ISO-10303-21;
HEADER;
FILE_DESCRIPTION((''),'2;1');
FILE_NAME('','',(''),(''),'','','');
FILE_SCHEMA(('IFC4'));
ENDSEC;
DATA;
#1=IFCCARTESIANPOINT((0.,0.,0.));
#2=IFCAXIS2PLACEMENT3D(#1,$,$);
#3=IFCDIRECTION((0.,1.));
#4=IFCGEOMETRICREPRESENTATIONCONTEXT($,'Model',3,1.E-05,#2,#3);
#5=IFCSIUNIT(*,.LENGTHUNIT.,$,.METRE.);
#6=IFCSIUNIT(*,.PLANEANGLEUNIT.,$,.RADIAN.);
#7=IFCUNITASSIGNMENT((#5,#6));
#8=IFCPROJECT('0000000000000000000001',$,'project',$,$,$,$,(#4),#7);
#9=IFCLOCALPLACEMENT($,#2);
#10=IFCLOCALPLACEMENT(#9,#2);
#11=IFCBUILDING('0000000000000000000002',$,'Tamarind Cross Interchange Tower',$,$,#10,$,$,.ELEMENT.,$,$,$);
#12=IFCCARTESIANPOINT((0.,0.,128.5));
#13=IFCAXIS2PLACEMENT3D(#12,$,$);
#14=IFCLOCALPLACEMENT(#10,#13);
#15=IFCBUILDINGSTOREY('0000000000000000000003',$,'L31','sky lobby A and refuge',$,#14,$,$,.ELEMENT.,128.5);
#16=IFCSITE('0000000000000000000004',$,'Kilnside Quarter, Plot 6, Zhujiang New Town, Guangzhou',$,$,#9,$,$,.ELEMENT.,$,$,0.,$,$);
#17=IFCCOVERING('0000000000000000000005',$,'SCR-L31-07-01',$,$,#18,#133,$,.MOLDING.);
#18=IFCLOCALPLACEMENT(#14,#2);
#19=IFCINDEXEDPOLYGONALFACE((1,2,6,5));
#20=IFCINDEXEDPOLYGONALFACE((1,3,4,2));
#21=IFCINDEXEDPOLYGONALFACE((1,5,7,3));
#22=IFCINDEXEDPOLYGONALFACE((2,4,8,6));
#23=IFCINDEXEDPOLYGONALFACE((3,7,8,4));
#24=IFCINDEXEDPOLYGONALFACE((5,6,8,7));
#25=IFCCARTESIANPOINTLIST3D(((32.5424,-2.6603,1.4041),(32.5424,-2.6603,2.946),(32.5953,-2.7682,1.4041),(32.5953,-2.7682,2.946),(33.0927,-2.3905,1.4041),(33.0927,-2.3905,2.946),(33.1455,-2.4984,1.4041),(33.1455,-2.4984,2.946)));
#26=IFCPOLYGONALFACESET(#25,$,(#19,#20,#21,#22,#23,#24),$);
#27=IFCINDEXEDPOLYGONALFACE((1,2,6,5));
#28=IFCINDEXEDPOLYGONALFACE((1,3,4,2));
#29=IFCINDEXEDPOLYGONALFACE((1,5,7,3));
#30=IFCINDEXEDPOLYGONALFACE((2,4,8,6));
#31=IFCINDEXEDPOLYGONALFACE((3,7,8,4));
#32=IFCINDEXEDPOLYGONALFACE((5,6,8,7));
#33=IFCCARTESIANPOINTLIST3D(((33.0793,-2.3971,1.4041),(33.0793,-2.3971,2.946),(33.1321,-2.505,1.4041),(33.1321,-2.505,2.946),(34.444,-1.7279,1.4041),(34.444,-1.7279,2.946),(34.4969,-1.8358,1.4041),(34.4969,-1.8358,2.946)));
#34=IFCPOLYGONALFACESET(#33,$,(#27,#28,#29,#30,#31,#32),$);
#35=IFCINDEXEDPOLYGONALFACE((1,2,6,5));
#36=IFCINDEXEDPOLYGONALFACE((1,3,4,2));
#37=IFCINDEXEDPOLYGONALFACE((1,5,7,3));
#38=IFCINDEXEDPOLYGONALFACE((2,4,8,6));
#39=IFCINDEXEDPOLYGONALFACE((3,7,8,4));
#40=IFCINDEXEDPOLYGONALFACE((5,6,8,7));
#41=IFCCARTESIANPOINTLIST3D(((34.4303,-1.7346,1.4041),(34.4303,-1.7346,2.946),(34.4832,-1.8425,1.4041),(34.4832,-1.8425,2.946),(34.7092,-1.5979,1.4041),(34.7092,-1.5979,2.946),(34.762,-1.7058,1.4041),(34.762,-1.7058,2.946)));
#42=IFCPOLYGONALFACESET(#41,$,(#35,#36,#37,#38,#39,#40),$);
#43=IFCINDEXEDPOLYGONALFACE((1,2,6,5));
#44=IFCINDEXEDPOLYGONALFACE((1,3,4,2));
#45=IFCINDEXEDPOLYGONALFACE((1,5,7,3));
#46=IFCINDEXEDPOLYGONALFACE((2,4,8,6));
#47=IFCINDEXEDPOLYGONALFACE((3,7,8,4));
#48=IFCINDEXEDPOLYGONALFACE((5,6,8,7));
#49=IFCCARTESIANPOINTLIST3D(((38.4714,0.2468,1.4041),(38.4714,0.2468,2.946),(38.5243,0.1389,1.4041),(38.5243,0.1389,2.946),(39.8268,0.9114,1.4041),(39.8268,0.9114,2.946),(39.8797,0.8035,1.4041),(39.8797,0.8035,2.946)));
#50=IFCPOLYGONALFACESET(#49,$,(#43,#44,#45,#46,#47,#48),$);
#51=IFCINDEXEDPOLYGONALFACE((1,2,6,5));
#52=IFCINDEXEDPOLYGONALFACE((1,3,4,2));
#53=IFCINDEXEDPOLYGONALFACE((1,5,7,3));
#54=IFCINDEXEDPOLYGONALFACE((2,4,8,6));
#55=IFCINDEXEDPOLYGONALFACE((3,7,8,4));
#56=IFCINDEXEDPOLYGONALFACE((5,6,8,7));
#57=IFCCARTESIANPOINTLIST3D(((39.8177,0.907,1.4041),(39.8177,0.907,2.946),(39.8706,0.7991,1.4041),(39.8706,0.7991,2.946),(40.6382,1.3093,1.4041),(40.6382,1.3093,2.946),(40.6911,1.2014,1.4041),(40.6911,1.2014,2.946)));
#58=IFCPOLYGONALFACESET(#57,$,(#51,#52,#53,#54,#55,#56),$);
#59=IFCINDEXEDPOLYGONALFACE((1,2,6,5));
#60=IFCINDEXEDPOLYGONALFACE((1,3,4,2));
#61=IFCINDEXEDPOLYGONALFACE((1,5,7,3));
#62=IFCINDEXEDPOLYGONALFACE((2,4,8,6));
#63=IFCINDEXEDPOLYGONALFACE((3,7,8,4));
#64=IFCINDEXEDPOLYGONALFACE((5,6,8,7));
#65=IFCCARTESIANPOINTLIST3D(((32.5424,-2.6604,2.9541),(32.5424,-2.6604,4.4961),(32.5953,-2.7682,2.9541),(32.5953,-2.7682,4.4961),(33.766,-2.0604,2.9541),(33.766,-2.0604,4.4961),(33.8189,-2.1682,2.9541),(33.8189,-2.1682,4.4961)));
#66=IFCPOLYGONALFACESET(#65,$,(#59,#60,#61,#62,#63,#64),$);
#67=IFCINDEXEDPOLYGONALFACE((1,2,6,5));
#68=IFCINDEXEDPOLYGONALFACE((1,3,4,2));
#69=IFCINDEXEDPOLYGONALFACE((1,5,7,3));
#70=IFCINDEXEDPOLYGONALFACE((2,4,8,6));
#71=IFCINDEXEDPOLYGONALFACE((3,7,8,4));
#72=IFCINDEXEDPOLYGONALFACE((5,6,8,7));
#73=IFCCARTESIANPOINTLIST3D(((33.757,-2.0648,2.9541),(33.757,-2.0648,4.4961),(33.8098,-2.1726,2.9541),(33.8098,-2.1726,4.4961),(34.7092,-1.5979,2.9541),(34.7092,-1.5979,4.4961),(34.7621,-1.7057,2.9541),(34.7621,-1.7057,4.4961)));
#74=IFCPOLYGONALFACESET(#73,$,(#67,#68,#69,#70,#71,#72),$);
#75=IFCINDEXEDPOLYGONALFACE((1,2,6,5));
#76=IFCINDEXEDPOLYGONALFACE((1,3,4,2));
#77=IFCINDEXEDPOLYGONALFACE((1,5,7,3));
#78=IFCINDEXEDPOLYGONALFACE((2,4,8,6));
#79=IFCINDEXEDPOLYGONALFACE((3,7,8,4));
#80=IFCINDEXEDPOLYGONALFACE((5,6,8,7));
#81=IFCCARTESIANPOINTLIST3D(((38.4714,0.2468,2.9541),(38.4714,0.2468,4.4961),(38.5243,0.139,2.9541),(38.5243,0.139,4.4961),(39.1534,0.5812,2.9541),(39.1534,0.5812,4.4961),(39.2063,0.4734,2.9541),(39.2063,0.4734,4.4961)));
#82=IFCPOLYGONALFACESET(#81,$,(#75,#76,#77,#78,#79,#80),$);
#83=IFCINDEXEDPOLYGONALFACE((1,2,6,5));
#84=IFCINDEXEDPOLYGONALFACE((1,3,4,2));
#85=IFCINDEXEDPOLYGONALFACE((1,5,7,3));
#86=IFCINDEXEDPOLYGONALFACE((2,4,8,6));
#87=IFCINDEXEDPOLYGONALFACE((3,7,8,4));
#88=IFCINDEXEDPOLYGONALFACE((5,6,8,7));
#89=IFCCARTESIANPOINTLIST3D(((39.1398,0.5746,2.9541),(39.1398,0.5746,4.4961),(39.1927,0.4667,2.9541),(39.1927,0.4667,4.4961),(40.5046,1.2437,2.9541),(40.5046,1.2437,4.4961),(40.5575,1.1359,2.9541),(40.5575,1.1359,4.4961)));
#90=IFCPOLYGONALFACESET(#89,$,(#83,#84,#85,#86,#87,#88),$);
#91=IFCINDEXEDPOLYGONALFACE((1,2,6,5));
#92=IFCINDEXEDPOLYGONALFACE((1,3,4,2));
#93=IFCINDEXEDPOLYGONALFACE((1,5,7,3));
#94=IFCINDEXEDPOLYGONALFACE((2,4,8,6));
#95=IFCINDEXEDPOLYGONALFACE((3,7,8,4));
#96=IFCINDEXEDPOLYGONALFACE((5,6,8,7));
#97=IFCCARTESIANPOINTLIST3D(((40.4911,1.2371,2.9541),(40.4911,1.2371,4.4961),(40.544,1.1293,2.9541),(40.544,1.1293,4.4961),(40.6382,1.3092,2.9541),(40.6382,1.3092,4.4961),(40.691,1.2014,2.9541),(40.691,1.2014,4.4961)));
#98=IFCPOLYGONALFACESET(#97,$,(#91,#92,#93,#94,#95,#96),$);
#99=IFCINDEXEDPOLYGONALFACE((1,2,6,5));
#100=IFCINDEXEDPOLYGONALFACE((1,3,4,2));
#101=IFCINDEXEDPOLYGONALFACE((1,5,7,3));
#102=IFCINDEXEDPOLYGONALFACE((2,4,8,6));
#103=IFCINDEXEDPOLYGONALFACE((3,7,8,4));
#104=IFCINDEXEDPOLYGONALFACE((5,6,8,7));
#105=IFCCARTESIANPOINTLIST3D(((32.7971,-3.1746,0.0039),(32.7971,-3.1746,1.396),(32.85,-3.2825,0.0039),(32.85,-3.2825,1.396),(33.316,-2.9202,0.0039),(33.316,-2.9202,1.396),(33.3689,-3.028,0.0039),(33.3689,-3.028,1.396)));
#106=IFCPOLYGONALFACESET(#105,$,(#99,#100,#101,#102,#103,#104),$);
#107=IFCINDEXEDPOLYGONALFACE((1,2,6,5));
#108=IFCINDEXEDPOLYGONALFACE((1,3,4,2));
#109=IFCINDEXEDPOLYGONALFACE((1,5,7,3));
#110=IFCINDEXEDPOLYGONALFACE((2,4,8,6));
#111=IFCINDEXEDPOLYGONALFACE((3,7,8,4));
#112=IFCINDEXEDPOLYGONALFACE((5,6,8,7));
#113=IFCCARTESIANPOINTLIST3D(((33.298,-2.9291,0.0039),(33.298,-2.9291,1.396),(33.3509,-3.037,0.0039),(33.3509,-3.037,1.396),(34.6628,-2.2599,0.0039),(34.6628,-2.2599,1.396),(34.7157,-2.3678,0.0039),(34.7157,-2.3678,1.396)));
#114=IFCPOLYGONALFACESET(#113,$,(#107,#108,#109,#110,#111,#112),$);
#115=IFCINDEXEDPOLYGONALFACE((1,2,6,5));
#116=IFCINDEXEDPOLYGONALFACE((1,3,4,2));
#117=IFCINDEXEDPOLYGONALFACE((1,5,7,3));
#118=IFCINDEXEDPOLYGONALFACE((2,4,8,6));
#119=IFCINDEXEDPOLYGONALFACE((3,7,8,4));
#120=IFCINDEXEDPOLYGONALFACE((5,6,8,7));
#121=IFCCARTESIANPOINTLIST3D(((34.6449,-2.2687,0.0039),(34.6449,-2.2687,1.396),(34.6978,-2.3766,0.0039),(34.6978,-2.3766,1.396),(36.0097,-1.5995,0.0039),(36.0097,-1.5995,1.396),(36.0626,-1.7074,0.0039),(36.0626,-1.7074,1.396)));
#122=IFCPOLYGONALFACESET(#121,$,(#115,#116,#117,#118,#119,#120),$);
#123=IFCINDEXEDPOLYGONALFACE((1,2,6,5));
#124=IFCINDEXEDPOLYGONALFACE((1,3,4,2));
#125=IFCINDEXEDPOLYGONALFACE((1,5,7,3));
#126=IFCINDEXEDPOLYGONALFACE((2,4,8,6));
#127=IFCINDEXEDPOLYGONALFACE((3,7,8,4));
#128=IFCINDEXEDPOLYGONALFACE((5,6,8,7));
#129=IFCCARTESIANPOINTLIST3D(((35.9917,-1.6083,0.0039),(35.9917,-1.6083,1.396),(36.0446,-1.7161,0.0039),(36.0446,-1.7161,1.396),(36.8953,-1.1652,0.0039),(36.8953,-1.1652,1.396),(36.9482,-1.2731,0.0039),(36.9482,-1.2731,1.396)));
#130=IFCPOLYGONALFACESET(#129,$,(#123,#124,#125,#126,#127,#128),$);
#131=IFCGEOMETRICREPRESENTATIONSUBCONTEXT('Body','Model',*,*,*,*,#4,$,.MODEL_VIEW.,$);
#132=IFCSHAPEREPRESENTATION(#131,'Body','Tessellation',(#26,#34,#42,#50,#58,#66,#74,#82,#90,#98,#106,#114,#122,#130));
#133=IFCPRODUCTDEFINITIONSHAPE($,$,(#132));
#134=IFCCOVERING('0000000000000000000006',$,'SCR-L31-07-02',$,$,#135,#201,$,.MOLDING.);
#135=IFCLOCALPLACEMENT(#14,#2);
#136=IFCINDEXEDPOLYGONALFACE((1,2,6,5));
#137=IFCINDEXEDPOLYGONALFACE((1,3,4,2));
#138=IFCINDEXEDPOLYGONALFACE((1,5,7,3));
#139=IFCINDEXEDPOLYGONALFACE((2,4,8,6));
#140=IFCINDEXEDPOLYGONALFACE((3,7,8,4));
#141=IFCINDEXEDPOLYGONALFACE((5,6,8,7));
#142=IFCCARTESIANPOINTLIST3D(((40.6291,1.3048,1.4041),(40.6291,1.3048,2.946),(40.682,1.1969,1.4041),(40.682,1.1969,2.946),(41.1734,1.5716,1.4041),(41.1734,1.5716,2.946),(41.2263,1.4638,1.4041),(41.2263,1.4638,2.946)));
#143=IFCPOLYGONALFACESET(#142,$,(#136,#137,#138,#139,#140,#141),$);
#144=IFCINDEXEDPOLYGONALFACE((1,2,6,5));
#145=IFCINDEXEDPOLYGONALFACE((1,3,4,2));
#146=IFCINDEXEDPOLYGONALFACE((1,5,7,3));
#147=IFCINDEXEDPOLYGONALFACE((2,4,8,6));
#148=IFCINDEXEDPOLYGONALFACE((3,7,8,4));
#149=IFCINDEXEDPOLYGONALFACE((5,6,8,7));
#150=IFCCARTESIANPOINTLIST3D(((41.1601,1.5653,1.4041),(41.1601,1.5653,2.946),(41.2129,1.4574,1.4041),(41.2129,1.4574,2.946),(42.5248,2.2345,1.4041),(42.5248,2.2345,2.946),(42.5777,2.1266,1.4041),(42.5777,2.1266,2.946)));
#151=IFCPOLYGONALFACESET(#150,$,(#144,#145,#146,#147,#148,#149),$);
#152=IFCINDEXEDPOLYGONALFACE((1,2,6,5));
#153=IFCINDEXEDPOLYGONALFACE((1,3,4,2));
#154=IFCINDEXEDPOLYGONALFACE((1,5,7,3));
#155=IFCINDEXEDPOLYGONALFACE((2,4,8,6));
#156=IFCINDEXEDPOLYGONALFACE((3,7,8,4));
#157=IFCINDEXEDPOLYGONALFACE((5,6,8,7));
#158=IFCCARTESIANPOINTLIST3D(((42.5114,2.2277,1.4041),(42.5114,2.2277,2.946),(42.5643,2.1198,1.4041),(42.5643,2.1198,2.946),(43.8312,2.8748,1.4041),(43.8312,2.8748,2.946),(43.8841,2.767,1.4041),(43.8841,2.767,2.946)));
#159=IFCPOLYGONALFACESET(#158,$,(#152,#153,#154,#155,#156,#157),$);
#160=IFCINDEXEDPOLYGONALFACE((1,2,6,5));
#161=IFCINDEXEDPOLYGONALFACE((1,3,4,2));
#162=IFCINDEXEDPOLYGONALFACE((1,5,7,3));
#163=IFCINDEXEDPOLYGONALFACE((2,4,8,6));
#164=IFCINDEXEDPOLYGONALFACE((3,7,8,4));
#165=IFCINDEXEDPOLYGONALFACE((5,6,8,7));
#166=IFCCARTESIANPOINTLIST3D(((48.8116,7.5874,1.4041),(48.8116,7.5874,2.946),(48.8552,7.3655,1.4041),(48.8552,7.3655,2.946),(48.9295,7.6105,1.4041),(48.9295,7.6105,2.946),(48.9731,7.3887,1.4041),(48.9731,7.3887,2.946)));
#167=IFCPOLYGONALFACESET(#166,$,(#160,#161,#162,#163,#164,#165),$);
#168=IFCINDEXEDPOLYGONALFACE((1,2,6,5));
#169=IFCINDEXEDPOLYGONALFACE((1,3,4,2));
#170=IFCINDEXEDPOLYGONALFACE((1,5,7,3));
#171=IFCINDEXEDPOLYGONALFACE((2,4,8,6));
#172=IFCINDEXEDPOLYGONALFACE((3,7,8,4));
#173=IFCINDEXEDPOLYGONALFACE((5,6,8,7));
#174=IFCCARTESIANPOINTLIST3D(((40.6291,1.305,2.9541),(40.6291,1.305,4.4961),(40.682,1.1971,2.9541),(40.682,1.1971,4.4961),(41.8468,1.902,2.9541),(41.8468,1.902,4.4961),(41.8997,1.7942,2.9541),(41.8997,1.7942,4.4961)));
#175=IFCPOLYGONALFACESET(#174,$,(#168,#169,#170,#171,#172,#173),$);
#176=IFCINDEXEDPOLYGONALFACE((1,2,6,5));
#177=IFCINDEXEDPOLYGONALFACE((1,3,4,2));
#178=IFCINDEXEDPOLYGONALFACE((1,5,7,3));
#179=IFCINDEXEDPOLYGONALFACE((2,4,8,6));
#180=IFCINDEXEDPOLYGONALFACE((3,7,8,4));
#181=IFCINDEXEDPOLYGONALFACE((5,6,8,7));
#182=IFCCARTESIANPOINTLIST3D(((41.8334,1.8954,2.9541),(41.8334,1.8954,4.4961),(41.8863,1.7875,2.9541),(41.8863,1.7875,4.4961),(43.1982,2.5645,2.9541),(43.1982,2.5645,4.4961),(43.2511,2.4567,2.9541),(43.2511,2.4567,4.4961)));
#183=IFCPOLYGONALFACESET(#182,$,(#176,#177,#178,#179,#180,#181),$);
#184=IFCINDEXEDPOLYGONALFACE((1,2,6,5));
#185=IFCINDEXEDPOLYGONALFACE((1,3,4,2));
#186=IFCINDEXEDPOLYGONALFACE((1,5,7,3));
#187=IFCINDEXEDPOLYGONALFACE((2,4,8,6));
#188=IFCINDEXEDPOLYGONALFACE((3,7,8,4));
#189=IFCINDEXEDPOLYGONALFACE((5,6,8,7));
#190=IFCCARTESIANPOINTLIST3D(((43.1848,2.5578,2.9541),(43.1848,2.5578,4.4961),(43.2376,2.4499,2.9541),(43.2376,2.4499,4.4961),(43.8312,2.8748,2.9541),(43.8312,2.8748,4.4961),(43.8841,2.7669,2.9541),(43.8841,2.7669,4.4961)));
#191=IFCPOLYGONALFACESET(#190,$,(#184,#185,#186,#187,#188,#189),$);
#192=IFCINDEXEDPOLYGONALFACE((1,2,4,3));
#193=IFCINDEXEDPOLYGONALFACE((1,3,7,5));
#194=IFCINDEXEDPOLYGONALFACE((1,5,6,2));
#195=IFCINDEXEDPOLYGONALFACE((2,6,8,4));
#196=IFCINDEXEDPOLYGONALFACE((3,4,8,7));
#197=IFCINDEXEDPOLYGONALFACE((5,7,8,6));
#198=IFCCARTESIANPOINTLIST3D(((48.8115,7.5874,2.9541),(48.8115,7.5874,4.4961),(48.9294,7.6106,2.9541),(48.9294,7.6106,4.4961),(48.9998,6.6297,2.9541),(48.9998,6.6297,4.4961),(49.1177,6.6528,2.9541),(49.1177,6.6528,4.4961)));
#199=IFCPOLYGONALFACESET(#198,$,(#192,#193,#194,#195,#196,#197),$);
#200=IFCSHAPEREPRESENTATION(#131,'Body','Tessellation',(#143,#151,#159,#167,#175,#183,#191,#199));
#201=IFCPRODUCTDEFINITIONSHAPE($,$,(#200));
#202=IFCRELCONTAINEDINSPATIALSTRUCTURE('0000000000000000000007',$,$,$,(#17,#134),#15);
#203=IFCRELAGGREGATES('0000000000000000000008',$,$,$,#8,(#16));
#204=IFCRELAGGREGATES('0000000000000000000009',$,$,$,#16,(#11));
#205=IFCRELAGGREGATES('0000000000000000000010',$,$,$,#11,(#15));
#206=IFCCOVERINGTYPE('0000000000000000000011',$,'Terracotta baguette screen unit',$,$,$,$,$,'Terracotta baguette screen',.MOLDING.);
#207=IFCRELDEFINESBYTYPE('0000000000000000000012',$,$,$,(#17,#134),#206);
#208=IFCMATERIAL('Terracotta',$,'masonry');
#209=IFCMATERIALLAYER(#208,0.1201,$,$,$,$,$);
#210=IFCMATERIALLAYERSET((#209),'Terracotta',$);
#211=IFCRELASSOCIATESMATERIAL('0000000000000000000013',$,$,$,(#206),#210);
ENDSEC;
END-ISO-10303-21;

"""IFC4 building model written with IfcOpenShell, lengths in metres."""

from ifc_helpers import new_model, si_unit, direction, frame, origin, origin_2d, place, context, subcontext, project, spatial, rectangle, extrude, material, layer, layer_set, type_object, element, save


model = new_model("IFC4")

# Units and contexts
model_context = context("Model", 3, precision=1e-05, world=origin(), true_north=direction((0.0, 1.0)))
body_context = subcontext(model_context, "Body", "Model", "MODEL_VIEW")
ifc_project = project(units=[si_unit("LENGTHUNIT", "METRE"), si_unit("PLANEANGLEUNIT", "RADIAN")], contexts=[model_context])

# Site, building, storey
site_placement = place(None, origin())
site = spatial("IfcSite", under=ifc_project, at=site_placement, Name="Kilnside Quarter, Plot 6, Zhujiang New Town, Guangzhou", CompositionType="ELEMENT", RefElevation=0.0)
building_placement = place(site_placement, origin())
building = spatial("IfcBuilding", under=site, at=building_placement, Name="Tamarind Cross Interchange Tower", CompositionType="ELEMENT")
storey_placement = place(building_placement, frame((0.0, 0.0, 128.5)))
storey = spatial("IfcBuildingStorey", under=building, at=storey_placement, Name="L31", Description="sky lobby A and refuge", CompositionType="ELEMENT", Elevation=128.5)

# Coverings
ifc_material_1 = material(Name="Terracotta", Category="masonry")
ifc_layer_1 = layer(ifc_material_1, 0.1201)
ifc_layer_set_1 = layer_set([ifc_layer_1], Name="Terracotta")
covering_type = type_object("IfcCoveringType", Name="Terracotta baguette screen unit", ElementType="Terracotta baguette screen", PredefinedType="MOLDING", material=ifc_layer_set_1)
covering_1_placement = place(storey_placement, origin())
element("IfcCovering", 1, at=covering_1_placement, inside=storey, type_object=covering_type, Name="SCR-L31-07-01", PredefinedType="MOLDING", context=body_context, shape_type="SweptSolid", body=[
    extrude(rectangle(XDim=0.6128, YDim=0.1201, at=origin_2d()), frame((32.844, -2.5793, 1.4041), z_axis=(0.0, 0.0, 1.0), x_axis=(0.897874, 0.440253, 0.0)), (0.0, 0.0, 1.0), 1.542),
    extrude(rectangle(XDim=1.52, YDim=0.1201, at=origin_2d()), frame((33.7881, -2.1165, 1.4041), z_axis=(0.0, 0.0, 1.0), x_axis=(0.897874, 0.440253, 0.0)), (0.0, 0.0, 1.0), 1.542),
    extrude(rectangle(XDim=0.3105, YDim=0.1201, at=origin_2d()), frame((34.5962, -1.7202, 1.4041), z_axis=(0.0, 0.0, 1.0), x_axis=(0.897874, 0.440253, 0.0)), (0.0, 0.0, 1.0), 1.542),
    extrude(rectangle(XDim=1.5095, YDim=0.1201, at=origin_2d()), frame((39.1755, 0.5251, 1.4041), z_axis=(0.0, 0.0, 1.0), x_axis=(0.897874, 0.440253, 0.0)), (0.0, 0.0, 1.0), 1.542),
    extrude(rectangle(XDim=0.9138, YDim=0.1201, at=origin_2d()), frame((40.2544, 1.0542, 1.4041), z_axis=(0.0, 0.0, 1.0), x_axis=(0.897874, 0.440253, 0.0)), (0.0, 0.0, 1.0), 1.542),
    extrude(rectangle(XDim=1.3628, YDim=0.1201, at=origin_2d()), frame((33.1807, -2.4143, 2.9541), z_axis=(0.0, 0.0, 1.0), x_axis=(0.897874, 0.440253, 0.0)), (0.0, 0.0, 1.0), 1.542),
    extrude(rectangle(XDim=1.0605, YDim=0.1201, at=origin_2d()), frame((34.2595, -1.8853, 2.9541), z_axis=(0.0, 0.0, 1.0), x_axis=(0.897874, 0.440253, 0.0)), (0.0, 0.0, 1.0), 1.542),
    extrude(rectangle(XDim=0.7595, YDim=0.1201, at=origin_2d()), frame((38.8389, 0.3601, 2.9541), z_axis=(0.0, 0.0, 1.0), x_axis=(0.897874, 0.440253, 0.0)), (0.0, 0.0, 1.0), 1.542),
    extrude(rectangle(XDim=1.52, YDim=0.1201, at=origin_2d()), frame((39.8486, 0.8552, 2.9541), z_axis=(0.0, 0.0, 1.0), x_axis=(0.897874, 0.440253, 0.0)), (0.0, 0.0, 1.0), 1.542),
    extrude(rectangle(XDim=0.1638, YDim=0.1201, at=origin_2d()), frame((40.5911, 1.2192, 2.9541), z_axis=(0.0, 0.0, 1.0), x_axis=(0.897874, 0.440253, 0.0)), (0.0, 0.0, 1.0), 1.542),
    extrude(rectangle(XDim=0.5779, YDim=0.1201, at=origin_2d()), frame((33.083, -3.1013, 0.0039), z_axis=(0.0, 0.0, 1.0), x_axis=(0.897874, 0.440253, 0.0)), (0.0, 0.0, 1.0), 1.3921),
    extrude(rectangle(XDim=1.52, YDim=0.1201, at=origin_2d()), frame((34.0068, -2.6484, 0.0039), z_axis=(0.0, 0.0, 1.0), x_axis=(0.897874, 0.440253, 0.0)), (0.0, 0.0, 1.0), 1.3921),
    extrude(rectangle(XDim=1.52, YDim=0.1201, at=origin_2d()), frame((35.3538, -1.988, 0.0039), z_axis=(0.0, 0.0, 1.0), x_axis=(0.897874, 0.440253, 0.0)), (0.0, 0.0, 1.0), 1.3921),
    extrude(rectangle(XDim=1.0063, YDim=0.1201, at=origin_2d()), frame((36.47, -1.4407, 0.0039), z_axis=(0.0, 0.0, 1.0), x_axis=(0.897874, 0.440253, 0.0)), (0.0, 0.0, 1.0), 1.3921),
])
covering_2_placement = place(storey_placement, origin())
element("IfcCovering", 2, at=covering_2_placement, inside=storey, type_object=covering_type, Name="SCR-L31-07-02", PredefinedType="MOLDING", context=body_context, shape_type="SweptSolid", body=[
    extrude(rectangle(XDim=0.6062, YDim=0.1201, at=origin_2d()), frame((40.9277, 1.3843, 1.4041), z_axis=(0.0, 0.0, 1.0), x_axis=(0.897874, 0.440253, 0.0)), (0.0, 0.0, 1.0), 1.542),
    extrude(rectangle(XDim=1.52, YDim=0.1201, at=origin_2d()), frame((41.8689, 1.8459, 1.4041), z_axis=(0.0, 0.0, 1.0), x_axis=(0.897874, 0.440253, 0.0)), (0.0, 0.0, 1.0), 1.542),
    extrude(rectangle(XDim=1.47, YDim=0.1201, at=origin_2d()), frame((43.1978, 2.4973, 1.4041), z_axis=(0.0, 0.0, 1.0), x_axis=(0.897874, 0.440253, 0.0)), (0.0, 0.0, 1.0), 1.542),
    extrude(rectangle(XDim=0.2261, YDim=0.1201, at=origin_2d()), frame((48.8923, 7.488, 1.4041), z_axis=(0.0, 0.0, 1.0), x_axis=(-0.192864, 0.981225, 0.0)), (0.0, 0.0, 1.0), 1.542),
    extrude(rectangle(XDim=1.3562, YDim=0.1201, at=origin_2d()), frame((41.2644, 1.5496, 2.9541), z_axis=(0.0, 0.0, 1.0), x_axis=(0.897874, 0.440253, 0.0)), (0.0, 0.0, 1.0), 1.542),
    extrude(rectangle(XDim=1.52, YDim=0.1201, at=origin_2d()), frame((42.5422, 2.176, 2.9541), z_axis=(0.0, 0.0, 1.0), x_axis=(0.897874, 0.440253, 0.0)), (0.0, 0.0, 1.0), 1.542),
    extrude(rectangle(XDim=0.72, YDim=0.1201, at=origin_2d()), frame((43.5344, 2.6624, 2.9541), z_axis=(0.0, 0.0, 1.0), x_axis=(0.897874, 0.440253, 0.0)), (0.0, 0.0, 1.0), 1.542),
    extrude(rectangle(XDim=0.9761, YDim=0.1201, at=origin_2d()), frame((48.9646, 7.1201, 2.9541), z_axis=(0.0, 0.0, 1.0), x_axis=(-0.192864, 0.981225, 0.0)), (0.0, 0.0, 1.0), 1.542),
])

save(model, "model.ifc")
